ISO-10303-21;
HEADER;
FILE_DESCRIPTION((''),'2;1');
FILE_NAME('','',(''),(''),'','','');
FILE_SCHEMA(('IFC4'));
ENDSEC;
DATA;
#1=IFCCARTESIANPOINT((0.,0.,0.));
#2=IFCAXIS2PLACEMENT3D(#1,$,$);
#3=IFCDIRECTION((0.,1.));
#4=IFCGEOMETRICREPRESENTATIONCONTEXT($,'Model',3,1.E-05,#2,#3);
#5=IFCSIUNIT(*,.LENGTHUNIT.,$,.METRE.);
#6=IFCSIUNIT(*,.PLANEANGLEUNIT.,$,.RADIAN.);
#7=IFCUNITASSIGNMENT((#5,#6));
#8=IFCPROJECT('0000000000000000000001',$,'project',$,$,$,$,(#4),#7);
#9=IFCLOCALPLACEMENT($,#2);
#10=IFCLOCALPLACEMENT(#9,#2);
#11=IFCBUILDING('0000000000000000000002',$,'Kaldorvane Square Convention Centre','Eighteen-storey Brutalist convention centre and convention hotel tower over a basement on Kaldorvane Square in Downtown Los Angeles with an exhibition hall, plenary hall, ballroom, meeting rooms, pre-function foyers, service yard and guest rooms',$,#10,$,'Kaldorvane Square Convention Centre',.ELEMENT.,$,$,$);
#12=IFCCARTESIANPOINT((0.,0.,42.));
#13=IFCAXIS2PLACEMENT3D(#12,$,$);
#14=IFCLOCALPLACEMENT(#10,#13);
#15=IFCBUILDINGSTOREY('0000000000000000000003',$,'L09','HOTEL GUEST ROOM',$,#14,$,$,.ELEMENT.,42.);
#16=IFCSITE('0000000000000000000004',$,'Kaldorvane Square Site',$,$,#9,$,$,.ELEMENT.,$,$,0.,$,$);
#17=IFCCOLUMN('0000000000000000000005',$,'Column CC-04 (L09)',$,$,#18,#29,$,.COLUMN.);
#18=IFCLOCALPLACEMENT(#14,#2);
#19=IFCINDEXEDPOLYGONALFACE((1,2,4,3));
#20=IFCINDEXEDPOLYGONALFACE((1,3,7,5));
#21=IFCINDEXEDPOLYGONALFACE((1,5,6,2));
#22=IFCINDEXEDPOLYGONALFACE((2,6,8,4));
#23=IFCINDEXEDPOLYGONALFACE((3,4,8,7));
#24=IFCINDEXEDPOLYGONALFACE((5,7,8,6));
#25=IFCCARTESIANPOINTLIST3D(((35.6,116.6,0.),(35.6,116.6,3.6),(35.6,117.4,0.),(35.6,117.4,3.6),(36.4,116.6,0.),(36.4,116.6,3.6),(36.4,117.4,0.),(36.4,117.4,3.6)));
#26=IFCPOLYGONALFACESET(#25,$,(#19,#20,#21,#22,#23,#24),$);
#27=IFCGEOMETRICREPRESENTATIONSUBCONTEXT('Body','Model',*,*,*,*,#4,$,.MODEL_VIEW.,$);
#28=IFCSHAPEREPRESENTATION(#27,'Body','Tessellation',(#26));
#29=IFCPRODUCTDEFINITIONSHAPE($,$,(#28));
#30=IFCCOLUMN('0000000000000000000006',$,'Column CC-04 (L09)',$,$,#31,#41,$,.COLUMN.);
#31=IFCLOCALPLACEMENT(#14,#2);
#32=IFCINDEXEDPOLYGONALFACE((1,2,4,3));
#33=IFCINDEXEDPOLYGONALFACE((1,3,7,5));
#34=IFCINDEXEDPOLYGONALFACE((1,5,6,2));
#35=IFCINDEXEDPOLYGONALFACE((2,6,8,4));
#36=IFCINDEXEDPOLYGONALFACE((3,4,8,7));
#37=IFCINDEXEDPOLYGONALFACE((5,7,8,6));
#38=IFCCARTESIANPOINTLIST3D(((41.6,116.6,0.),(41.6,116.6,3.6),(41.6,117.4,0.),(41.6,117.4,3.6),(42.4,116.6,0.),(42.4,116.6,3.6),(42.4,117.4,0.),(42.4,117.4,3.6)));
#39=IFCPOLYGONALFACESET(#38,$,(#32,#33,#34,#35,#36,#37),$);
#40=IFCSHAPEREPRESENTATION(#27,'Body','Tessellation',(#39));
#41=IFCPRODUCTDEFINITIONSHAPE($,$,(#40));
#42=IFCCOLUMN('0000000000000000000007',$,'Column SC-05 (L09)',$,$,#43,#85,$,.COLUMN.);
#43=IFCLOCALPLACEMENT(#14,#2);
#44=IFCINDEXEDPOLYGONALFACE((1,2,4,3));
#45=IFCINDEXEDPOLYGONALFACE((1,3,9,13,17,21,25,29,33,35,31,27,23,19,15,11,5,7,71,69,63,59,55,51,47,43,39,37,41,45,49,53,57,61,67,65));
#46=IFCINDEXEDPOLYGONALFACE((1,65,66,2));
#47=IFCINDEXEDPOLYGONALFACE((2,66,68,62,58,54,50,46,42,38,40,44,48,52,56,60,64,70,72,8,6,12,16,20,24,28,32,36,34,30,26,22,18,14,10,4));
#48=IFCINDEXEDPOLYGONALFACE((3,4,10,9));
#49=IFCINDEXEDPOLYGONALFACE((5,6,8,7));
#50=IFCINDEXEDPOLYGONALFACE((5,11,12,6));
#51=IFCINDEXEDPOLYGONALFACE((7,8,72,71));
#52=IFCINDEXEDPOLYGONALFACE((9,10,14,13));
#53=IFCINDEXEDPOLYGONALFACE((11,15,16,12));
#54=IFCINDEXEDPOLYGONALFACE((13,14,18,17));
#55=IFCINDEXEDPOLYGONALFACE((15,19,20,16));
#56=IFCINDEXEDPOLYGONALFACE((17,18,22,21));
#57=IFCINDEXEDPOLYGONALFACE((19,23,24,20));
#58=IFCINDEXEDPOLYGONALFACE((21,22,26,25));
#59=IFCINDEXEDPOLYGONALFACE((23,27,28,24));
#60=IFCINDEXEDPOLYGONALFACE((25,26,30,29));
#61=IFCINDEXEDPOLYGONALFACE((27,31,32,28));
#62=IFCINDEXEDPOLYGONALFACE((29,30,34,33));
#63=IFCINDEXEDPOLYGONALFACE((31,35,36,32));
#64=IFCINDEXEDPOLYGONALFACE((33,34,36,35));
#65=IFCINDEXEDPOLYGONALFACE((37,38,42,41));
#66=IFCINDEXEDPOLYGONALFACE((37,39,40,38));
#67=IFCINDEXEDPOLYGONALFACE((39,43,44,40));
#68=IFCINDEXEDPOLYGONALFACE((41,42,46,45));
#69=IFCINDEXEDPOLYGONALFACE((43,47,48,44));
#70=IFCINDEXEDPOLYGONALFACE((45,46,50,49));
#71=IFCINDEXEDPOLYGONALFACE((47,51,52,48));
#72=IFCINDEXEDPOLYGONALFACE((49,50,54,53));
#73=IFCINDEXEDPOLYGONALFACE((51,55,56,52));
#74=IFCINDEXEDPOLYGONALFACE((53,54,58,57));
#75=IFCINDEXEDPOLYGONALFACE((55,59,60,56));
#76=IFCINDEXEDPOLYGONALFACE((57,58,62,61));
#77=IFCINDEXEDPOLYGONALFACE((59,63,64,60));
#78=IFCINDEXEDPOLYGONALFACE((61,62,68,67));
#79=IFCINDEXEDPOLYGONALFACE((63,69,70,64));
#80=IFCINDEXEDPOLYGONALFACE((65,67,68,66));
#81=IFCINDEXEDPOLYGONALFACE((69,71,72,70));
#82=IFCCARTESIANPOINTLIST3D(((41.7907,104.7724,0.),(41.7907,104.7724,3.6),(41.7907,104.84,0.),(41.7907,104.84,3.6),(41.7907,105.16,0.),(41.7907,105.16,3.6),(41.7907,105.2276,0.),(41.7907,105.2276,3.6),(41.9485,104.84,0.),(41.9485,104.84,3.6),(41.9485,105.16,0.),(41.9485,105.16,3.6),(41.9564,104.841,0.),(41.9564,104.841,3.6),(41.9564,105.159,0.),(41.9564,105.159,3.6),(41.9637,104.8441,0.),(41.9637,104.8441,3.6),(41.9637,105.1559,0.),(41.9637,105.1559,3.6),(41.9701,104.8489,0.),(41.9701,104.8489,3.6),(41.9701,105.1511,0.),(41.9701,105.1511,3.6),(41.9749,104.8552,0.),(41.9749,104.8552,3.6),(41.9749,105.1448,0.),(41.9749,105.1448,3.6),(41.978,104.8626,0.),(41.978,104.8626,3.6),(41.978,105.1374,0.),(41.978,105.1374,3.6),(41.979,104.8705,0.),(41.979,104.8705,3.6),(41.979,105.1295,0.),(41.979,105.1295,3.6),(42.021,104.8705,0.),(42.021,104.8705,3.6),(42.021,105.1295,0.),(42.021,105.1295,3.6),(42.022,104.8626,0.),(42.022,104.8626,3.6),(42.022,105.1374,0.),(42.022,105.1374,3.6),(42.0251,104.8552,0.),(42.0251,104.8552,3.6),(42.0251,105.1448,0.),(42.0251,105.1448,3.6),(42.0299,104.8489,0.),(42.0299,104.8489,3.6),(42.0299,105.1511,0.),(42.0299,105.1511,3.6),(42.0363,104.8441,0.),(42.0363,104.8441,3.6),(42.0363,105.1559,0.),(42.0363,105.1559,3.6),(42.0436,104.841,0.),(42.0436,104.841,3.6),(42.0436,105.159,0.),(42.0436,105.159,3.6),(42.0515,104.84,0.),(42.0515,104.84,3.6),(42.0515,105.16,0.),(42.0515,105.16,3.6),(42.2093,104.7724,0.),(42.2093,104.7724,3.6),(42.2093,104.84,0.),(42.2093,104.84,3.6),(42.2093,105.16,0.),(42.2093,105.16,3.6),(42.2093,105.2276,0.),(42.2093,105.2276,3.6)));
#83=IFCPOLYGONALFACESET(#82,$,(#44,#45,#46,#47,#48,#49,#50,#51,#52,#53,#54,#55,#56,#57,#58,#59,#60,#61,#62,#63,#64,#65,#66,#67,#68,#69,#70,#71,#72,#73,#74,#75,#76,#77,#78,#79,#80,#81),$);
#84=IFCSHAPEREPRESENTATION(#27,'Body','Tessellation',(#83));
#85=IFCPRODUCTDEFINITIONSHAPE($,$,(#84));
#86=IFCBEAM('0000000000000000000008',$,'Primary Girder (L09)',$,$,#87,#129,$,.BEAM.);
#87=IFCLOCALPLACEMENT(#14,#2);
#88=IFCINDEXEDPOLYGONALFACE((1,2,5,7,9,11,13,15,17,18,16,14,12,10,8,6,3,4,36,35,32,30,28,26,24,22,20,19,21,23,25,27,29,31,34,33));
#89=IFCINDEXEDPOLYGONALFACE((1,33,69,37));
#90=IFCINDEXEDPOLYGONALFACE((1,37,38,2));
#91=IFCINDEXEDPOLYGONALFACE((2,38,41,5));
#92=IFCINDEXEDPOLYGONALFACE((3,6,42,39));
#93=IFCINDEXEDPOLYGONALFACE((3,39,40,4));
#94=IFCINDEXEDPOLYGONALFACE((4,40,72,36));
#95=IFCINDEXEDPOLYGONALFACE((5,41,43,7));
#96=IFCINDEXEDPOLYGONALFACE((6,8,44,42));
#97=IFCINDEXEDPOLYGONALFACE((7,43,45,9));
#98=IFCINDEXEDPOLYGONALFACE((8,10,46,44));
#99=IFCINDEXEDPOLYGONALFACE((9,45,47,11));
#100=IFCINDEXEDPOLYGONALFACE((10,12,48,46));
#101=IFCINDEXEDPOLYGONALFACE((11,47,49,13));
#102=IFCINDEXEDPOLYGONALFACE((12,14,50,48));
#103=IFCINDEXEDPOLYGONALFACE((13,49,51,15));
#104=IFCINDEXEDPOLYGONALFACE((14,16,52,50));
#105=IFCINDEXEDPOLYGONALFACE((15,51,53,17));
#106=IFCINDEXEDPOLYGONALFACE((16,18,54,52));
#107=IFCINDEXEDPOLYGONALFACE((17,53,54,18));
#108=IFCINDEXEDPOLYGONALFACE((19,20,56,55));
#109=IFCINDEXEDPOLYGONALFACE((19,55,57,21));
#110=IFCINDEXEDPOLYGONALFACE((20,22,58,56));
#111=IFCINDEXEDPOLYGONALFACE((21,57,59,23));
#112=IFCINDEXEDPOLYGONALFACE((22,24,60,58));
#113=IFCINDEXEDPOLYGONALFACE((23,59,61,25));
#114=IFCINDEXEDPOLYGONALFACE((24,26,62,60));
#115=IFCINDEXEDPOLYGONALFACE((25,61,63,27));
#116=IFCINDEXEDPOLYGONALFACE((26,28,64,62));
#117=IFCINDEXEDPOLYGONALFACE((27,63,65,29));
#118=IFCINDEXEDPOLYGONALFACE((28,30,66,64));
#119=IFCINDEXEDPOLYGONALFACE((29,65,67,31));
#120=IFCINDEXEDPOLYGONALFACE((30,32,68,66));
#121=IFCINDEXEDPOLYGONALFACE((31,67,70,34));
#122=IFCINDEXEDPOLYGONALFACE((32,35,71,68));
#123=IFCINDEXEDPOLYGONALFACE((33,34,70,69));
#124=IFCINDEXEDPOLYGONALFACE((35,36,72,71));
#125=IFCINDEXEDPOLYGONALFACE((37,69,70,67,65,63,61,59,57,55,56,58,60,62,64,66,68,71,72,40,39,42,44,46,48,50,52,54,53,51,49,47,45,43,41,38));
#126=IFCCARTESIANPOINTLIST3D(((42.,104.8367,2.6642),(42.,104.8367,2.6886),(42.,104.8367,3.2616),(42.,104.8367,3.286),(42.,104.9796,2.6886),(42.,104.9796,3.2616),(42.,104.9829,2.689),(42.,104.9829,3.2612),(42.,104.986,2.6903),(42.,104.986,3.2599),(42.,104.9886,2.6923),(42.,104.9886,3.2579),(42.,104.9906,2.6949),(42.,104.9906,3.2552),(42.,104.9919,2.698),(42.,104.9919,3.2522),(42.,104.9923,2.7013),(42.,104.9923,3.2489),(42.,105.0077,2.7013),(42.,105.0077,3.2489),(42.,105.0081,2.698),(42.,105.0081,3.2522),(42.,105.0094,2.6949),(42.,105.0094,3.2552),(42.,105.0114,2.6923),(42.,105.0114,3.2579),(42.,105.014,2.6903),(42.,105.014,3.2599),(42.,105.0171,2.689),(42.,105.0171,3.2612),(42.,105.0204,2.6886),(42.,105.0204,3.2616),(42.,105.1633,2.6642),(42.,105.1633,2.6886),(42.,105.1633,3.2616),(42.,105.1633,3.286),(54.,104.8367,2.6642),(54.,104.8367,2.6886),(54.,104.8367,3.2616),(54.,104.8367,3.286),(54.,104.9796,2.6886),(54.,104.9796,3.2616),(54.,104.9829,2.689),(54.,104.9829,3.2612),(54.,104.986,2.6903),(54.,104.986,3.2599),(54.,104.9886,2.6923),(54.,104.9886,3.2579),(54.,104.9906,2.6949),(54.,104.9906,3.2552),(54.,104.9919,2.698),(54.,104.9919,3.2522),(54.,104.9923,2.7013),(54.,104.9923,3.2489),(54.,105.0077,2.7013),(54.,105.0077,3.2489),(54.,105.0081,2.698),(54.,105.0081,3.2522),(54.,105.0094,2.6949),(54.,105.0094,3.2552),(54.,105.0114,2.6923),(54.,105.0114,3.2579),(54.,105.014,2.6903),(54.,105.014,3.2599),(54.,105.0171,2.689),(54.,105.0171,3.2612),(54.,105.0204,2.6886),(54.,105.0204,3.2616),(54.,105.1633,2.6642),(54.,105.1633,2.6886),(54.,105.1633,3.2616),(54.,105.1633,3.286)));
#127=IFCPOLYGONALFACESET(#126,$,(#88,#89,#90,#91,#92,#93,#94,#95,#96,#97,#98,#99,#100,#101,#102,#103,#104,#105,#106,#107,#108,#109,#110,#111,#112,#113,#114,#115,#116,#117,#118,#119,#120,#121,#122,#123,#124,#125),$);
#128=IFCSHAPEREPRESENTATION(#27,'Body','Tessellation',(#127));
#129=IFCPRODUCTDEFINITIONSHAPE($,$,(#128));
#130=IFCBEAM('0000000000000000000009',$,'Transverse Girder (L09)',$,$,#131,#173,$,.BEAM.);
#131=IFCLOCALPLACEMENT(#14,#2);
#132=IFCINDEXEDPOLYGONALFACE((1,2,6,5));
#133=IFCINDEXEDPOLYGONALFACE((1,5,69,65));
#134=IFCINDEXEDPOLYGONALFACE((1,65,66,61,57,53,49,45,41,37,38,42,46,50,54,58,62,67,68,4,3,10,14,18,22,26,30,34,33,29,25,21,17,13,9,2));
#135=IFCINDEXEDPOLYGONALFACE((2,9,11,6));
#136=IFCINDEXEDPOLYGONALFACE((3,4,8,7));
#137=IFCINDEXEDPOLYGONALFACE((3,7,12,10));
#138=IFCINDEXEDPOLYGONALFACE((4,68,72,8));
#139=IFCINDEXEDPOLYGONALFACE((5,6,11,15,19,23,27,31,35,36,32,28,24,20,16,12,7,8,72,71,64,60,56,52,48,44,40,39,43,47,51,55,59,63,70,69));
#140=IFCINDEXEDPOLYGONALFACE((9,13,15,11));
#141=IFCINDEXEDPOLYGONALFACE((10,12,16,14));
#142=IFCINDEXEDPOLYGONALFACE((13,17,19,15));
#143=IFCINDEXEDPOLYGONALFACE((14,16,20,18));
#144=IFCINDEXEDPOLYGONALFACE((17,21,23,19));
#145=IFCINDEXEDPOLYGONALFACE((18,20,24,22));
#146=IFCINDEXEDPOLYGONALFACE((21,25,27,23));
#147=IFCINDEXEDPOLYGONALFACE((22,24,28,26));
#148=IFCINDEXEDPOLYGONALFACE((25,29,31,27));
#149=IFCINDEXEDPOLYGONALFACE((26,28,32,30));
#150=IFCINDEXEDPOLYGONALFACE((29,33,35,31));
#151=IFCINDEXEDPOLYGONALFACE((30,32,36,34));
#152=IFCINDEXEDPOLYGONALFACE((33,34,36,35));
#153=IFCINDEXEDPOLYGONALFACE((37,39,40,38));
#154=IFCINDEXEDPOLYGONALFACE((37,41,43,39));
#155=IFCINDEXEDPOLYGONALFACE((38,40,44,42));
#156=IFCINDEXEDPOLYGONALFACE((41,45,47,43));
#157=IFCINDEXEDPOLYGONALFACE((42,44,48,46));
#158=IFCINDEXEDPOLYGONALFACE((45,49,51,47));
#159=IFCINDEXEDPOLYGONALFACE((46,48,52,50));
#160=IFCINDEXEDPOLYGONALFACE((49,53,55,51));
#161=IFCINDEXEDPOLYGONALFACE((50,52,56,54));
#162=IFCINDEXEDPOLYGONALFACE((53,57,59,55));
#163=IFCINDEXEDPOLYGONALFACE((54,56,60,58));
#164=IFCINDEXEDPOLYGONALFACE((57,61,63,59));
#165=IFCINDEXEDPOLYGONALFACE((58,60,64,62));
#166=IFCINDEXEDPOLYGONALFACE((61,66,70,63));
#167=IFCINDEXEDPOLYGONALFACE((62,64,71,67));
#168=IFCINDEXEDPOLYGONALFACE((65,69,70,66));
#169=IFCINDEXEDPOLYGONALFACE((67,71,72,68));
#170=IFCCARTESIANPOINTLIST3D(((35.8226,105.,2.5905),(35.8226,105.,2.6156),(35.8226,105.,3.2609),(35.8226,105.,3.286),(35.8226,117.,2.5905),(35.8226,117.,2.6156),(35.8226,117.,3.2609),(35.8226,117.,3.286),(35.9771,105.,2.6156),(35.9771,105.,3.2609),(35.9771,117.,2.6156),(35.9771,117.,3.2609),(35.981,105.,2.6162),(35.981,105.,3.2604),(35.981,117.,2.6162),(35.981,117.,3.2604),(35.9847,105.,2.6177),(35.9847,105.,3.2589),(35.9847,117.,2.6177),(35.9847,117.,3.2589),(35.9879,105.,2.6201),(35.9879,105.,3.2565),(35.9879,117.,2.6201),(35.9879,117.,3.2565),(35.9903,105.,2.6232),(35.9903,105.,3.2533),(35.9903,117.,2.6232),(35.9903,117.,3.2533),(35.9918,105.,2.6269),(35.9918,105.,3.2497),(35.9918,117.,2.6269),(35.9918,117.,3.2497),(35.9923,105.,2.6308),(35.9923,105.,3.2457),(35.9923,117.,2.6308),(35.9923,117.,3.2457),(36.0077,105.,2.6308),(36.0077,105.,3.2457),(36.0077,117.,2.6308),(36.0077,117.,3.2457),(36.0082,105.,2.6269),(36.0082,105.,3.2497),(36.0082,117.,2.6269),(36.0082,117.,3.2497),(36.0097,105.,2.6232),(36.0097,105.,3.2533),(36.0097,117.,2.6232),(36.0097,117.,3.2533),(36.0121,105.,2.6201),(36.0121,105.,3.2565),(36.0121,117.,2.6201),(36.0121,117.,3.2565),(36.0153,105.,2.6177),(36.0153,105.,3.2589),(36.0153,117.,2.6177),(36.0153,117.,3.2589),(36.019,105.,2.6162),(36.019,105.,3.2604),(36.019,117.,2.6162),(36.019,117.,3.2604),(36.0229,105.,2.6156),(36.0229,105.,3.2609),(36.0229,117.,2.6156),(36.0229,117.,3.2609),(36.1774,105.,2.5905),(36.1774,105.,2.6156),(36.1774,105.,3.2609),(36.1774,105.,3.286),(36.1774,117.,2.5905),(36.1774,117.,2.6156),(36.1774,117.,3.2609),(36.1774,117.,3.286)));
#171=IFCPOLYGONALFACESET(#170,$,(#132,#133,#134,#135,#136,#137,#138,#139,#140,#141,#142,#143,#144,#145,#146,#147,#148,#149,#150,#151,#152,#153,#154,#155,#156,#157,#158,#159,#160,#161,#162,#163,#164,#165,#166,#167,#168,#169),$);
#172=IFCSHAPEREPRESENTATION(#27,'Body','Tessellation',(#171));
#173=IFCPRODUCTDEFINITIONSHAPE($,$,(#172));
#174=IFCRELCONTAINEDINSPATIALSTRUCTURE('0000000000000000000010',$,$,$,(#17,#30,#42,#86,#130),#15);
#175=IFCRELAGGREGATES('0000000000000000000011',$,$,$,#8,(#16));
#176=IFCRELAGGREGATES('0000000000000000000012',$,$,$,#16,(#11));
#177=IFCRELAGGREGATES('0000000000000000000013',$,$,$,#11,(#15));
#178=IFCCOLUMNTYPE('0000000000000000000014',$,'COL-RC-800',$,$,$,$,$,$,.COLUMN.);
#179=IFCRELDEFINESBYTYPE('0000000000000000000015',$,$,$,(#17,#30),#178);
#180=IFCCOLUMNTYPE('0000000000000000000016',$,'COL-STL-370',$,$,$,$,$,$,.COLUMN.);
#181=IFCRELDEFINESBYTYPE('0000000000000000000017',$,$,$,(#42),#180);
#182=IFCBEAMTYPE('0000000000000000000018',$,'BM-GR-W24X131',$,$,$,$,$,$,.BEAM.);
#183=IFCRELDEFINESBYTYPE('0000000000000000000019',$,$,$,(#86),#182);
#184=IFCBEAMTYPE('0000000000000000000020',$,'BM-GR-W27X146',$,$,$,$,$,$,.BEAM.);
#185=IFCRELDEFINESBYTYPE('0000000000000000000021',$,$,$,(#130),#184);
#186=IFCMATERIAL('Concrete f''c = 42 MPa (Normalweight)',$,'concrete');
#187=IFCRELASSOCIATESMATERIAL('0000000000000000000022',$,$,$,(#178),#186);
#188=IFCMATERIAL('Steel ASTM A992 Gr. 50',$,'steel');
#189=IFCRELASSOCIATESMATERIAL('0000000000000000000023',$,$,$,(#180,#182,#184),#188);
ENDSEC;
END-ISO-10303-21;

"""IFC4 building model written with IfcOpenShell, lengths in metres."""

from ifc_helpers import new_model, si_unit, direction, frame, origin, origin_2d, place, context, subcontext, project, spatial, rectangle, i_section, extrude, material, material_profile, profile_set, type_object, element, save


model = new_model("IFC4")

# Units and contexts
model_context = context("Model", 3, precision=1e-05, world=origin(), true_north=direction((0.0, 1.0)))
body_context = subcontext(model_context, "Body", "Model", "MODEL_VIEW")
ifc_project = project(units=[si_unit("LENGTHUNIT", "METRE"), si_unit("PLANEANGLEUNIT", "RADIAN")], contexts=[model_context])

# Site, building, storey
site_placement = place(None, origin())
site = spatial("IfcSite", under=ifc_project, at=site_placement, Name="Kaldorvane Square Site", CompositionType="ELEMENT", RefElevation=0.0)
building_placement = place(site_placement, origin())
building = spatial("IfcBuilding", under=site, at=building_placement, Name="Kaldorvane Square Convention Centre", Description="Eighteen-storey Brutalist convention centre and convention hotel tower over a basement on Kaldorvane Square in Downtown Los Angeles with an exhibition hall, plenary hall, ballroom, meeting rooms, pre-function foyers, service yard and guest rooms", LongName="Kaldorvane Square Convention Centre", CompositionType="ELEMENT")
storey_placement = place(building_placement, frame((0.0, 0.0, 42.0)))
storey = spatial("IfcBuildingStorey", under=building, at=storey_placement, Name="L09", Description="HOTEL GUEST ROOM", CompositionType="ELEMENT", Elevation=42.0)

# Columns
ifc_material_1 = material(Name="Concrete f'c = 42 MPa (Normalweight)", Category="concrete")
ifc_material_profile_1 = material_profile(ifc_material_1, rectangle(XDim=0.8, YDim=0.8, at=origin_2d()), Name="RC800X800")
ifc_profile_set_1 = profile_set([ifc_material_profile_1], Name="Concrete f'c = 42 MPa (Normalweight)")
column_type_1 = type_object("IfcColumnType", Name="COL-RC-800", PredefinedType="COLUMN", material=ifc_profile_set_1)
for number, where, z_axis, x_axis, name in (
    (1, (36.0, 117.0, 0.0), (0.0, 0.0, 1.0), (1.0, 0.0, 0.0), "Column CC-04 (L09)"),
    (2, (42.0, 117.0, 0.0), (0.0, 0.0, 1.0), (1.0, 0.0, 0.0), "Column CC-04 (L09)"),
):
    element("IfcColumn", number, at=place(storey_placement, frame(where, z_axis=z_axis, x_axis=x_axis)), inside=storey, type_object=column_type_1, Name=name, PredefinedType="COLUMN", context=body_context, shape_type="SweptSolid", body=[
        extrude(rectangle(XDim=0.8, YDim=0.8, at=origin_2d()), origin(), (0.0, 0.0, 1.0), 3.6),
    ])
ifc_material_2 = material(Name="Steel ASTM A992 Gr. 50", Category="steel")
ifc_material_profile_2 = material_profile(ifc_material_2, i_section(OverallWidth=0.4185, OverallDepth=0.4552, WebThickness=0.042, FlangeThickness=0.0676, FilletRadius=0.0305, at=origin_2d()), Name="W14X370")
ifc_profile_set_2 = profile_set([ifc_material_profile_2], Name="Steel ASTM A992 Gr. 50")
column_type_2 = type_object("IfcColumnType", Name="COL-STL-370", PredefinedType="COLUMN", material=ifc_profile_set_2)
column_placement = place(storey_placement, frame((42.0, 105.0, 0.0), z_axis=(0.0, 0.0, 1.0), x_axis=(1.0, 0.0, 0.0)))
element("IfcColumn", 3, at=column_placement, inside=storey, type_object=column_type_2, Name="Column SC-05 (L09)", PredefinedType="COLUMN", context=body_context, shape_type="SweptSolid", body=[
    extrude(i_section(OverallWidth=0.4185, OverallDepth=0.4552, WebThickness=0.042, FlangeThickness=0.0676, FilletRadius=0.0305, at=origin_2d()), origin(), (0.0, 0.0, 1.0), 3.6),
])

# Beams
ifc_material_profile_3 = material_profile(ifc_material_2, i_section(OverallWidth=0.3265, OverallDepth=0.6218, WebThickness=0.0154, FlangeThickness=0.0244, FilletRadius=0.0127, at=origin_2d()), Name="W24X131")
ifc_profile_set_3 = profile_set([ifc_material_profile_3], Name="Steel ASTM A992 Gr. 50")
beam_type_1 = type_object("IfcBeamType", Name="BM-GR-W24X131", PredefinedType="BEAM", material=ifc_profile_set_3)
beam_1_placement = place(storey_placement, frame((42.0, 105.0, 2.9751), z_axis=(1.0, 0.0, 0.0), x_axis=(0.0, 1.0, 0.0)))
element("IfcBeam", 4, at=beam_1_placement, inside=storey, type_object=beam_type_1, Name="Primary Girder (L09)", PredefinedType="BEAM", context=body_context, shape_type="SweptSolid", body=[
    extrude(i_section(OverallWidth=0.3265, OverallDepth=0.6218, WebThickness=0.0154, FlangeThickness=0.0244, FilletRadius=0.0127, at=origin_2d()), origin(), (0.0, 0.0, 1.0), 12.0),
])
ifc_material_profile_4 = material_profile(ifc_material_2, i_section(OverallWidth=0.3547, OverallDepth=0.6955, WebThickness=0.0154, FlangeThickness=0.0251, FilletRadius=0.0152, at=origin_2d()), Name="W27X146")
ifc_profile_set_4 = profile_set([ifc_material_profile_4], Name="Steel ASTM A992 Gr. 50")
beam_type_2 = type_object("IfcBeamType", Name="BM-GR-W27X146", PredefinedType="BEAM", material=ifc_profile_set_4)
for number, where, z_axis, x_axis, name in (
    (5, (36.0, 105.0, 2.9383), (0.0, 1.0, 0.0), (-1.0, 0.0, 0.0), "Transverse Girder (L09)"),
):
    element("IfcBeam", number, at=place(storey_placement, frame(where, z_axis=z_axis, x_axis=x_axis)), inside=storey, type_object=beam_type_2, Name=name, PredefinedType="BEAM", context=body_context, shape_type="SweptSolid", body=[
        extrude(i_section(OverallWidth=0.3547, OverallDepth=0.6955, WebThickness=0.0154, FlangeThickness=0.0251, FilletRadius=0.0152, at=origin_2d()), origin(), (0.0, 0.0, 1.0), 12.0),
    ])

save(model, "model.ifc")
